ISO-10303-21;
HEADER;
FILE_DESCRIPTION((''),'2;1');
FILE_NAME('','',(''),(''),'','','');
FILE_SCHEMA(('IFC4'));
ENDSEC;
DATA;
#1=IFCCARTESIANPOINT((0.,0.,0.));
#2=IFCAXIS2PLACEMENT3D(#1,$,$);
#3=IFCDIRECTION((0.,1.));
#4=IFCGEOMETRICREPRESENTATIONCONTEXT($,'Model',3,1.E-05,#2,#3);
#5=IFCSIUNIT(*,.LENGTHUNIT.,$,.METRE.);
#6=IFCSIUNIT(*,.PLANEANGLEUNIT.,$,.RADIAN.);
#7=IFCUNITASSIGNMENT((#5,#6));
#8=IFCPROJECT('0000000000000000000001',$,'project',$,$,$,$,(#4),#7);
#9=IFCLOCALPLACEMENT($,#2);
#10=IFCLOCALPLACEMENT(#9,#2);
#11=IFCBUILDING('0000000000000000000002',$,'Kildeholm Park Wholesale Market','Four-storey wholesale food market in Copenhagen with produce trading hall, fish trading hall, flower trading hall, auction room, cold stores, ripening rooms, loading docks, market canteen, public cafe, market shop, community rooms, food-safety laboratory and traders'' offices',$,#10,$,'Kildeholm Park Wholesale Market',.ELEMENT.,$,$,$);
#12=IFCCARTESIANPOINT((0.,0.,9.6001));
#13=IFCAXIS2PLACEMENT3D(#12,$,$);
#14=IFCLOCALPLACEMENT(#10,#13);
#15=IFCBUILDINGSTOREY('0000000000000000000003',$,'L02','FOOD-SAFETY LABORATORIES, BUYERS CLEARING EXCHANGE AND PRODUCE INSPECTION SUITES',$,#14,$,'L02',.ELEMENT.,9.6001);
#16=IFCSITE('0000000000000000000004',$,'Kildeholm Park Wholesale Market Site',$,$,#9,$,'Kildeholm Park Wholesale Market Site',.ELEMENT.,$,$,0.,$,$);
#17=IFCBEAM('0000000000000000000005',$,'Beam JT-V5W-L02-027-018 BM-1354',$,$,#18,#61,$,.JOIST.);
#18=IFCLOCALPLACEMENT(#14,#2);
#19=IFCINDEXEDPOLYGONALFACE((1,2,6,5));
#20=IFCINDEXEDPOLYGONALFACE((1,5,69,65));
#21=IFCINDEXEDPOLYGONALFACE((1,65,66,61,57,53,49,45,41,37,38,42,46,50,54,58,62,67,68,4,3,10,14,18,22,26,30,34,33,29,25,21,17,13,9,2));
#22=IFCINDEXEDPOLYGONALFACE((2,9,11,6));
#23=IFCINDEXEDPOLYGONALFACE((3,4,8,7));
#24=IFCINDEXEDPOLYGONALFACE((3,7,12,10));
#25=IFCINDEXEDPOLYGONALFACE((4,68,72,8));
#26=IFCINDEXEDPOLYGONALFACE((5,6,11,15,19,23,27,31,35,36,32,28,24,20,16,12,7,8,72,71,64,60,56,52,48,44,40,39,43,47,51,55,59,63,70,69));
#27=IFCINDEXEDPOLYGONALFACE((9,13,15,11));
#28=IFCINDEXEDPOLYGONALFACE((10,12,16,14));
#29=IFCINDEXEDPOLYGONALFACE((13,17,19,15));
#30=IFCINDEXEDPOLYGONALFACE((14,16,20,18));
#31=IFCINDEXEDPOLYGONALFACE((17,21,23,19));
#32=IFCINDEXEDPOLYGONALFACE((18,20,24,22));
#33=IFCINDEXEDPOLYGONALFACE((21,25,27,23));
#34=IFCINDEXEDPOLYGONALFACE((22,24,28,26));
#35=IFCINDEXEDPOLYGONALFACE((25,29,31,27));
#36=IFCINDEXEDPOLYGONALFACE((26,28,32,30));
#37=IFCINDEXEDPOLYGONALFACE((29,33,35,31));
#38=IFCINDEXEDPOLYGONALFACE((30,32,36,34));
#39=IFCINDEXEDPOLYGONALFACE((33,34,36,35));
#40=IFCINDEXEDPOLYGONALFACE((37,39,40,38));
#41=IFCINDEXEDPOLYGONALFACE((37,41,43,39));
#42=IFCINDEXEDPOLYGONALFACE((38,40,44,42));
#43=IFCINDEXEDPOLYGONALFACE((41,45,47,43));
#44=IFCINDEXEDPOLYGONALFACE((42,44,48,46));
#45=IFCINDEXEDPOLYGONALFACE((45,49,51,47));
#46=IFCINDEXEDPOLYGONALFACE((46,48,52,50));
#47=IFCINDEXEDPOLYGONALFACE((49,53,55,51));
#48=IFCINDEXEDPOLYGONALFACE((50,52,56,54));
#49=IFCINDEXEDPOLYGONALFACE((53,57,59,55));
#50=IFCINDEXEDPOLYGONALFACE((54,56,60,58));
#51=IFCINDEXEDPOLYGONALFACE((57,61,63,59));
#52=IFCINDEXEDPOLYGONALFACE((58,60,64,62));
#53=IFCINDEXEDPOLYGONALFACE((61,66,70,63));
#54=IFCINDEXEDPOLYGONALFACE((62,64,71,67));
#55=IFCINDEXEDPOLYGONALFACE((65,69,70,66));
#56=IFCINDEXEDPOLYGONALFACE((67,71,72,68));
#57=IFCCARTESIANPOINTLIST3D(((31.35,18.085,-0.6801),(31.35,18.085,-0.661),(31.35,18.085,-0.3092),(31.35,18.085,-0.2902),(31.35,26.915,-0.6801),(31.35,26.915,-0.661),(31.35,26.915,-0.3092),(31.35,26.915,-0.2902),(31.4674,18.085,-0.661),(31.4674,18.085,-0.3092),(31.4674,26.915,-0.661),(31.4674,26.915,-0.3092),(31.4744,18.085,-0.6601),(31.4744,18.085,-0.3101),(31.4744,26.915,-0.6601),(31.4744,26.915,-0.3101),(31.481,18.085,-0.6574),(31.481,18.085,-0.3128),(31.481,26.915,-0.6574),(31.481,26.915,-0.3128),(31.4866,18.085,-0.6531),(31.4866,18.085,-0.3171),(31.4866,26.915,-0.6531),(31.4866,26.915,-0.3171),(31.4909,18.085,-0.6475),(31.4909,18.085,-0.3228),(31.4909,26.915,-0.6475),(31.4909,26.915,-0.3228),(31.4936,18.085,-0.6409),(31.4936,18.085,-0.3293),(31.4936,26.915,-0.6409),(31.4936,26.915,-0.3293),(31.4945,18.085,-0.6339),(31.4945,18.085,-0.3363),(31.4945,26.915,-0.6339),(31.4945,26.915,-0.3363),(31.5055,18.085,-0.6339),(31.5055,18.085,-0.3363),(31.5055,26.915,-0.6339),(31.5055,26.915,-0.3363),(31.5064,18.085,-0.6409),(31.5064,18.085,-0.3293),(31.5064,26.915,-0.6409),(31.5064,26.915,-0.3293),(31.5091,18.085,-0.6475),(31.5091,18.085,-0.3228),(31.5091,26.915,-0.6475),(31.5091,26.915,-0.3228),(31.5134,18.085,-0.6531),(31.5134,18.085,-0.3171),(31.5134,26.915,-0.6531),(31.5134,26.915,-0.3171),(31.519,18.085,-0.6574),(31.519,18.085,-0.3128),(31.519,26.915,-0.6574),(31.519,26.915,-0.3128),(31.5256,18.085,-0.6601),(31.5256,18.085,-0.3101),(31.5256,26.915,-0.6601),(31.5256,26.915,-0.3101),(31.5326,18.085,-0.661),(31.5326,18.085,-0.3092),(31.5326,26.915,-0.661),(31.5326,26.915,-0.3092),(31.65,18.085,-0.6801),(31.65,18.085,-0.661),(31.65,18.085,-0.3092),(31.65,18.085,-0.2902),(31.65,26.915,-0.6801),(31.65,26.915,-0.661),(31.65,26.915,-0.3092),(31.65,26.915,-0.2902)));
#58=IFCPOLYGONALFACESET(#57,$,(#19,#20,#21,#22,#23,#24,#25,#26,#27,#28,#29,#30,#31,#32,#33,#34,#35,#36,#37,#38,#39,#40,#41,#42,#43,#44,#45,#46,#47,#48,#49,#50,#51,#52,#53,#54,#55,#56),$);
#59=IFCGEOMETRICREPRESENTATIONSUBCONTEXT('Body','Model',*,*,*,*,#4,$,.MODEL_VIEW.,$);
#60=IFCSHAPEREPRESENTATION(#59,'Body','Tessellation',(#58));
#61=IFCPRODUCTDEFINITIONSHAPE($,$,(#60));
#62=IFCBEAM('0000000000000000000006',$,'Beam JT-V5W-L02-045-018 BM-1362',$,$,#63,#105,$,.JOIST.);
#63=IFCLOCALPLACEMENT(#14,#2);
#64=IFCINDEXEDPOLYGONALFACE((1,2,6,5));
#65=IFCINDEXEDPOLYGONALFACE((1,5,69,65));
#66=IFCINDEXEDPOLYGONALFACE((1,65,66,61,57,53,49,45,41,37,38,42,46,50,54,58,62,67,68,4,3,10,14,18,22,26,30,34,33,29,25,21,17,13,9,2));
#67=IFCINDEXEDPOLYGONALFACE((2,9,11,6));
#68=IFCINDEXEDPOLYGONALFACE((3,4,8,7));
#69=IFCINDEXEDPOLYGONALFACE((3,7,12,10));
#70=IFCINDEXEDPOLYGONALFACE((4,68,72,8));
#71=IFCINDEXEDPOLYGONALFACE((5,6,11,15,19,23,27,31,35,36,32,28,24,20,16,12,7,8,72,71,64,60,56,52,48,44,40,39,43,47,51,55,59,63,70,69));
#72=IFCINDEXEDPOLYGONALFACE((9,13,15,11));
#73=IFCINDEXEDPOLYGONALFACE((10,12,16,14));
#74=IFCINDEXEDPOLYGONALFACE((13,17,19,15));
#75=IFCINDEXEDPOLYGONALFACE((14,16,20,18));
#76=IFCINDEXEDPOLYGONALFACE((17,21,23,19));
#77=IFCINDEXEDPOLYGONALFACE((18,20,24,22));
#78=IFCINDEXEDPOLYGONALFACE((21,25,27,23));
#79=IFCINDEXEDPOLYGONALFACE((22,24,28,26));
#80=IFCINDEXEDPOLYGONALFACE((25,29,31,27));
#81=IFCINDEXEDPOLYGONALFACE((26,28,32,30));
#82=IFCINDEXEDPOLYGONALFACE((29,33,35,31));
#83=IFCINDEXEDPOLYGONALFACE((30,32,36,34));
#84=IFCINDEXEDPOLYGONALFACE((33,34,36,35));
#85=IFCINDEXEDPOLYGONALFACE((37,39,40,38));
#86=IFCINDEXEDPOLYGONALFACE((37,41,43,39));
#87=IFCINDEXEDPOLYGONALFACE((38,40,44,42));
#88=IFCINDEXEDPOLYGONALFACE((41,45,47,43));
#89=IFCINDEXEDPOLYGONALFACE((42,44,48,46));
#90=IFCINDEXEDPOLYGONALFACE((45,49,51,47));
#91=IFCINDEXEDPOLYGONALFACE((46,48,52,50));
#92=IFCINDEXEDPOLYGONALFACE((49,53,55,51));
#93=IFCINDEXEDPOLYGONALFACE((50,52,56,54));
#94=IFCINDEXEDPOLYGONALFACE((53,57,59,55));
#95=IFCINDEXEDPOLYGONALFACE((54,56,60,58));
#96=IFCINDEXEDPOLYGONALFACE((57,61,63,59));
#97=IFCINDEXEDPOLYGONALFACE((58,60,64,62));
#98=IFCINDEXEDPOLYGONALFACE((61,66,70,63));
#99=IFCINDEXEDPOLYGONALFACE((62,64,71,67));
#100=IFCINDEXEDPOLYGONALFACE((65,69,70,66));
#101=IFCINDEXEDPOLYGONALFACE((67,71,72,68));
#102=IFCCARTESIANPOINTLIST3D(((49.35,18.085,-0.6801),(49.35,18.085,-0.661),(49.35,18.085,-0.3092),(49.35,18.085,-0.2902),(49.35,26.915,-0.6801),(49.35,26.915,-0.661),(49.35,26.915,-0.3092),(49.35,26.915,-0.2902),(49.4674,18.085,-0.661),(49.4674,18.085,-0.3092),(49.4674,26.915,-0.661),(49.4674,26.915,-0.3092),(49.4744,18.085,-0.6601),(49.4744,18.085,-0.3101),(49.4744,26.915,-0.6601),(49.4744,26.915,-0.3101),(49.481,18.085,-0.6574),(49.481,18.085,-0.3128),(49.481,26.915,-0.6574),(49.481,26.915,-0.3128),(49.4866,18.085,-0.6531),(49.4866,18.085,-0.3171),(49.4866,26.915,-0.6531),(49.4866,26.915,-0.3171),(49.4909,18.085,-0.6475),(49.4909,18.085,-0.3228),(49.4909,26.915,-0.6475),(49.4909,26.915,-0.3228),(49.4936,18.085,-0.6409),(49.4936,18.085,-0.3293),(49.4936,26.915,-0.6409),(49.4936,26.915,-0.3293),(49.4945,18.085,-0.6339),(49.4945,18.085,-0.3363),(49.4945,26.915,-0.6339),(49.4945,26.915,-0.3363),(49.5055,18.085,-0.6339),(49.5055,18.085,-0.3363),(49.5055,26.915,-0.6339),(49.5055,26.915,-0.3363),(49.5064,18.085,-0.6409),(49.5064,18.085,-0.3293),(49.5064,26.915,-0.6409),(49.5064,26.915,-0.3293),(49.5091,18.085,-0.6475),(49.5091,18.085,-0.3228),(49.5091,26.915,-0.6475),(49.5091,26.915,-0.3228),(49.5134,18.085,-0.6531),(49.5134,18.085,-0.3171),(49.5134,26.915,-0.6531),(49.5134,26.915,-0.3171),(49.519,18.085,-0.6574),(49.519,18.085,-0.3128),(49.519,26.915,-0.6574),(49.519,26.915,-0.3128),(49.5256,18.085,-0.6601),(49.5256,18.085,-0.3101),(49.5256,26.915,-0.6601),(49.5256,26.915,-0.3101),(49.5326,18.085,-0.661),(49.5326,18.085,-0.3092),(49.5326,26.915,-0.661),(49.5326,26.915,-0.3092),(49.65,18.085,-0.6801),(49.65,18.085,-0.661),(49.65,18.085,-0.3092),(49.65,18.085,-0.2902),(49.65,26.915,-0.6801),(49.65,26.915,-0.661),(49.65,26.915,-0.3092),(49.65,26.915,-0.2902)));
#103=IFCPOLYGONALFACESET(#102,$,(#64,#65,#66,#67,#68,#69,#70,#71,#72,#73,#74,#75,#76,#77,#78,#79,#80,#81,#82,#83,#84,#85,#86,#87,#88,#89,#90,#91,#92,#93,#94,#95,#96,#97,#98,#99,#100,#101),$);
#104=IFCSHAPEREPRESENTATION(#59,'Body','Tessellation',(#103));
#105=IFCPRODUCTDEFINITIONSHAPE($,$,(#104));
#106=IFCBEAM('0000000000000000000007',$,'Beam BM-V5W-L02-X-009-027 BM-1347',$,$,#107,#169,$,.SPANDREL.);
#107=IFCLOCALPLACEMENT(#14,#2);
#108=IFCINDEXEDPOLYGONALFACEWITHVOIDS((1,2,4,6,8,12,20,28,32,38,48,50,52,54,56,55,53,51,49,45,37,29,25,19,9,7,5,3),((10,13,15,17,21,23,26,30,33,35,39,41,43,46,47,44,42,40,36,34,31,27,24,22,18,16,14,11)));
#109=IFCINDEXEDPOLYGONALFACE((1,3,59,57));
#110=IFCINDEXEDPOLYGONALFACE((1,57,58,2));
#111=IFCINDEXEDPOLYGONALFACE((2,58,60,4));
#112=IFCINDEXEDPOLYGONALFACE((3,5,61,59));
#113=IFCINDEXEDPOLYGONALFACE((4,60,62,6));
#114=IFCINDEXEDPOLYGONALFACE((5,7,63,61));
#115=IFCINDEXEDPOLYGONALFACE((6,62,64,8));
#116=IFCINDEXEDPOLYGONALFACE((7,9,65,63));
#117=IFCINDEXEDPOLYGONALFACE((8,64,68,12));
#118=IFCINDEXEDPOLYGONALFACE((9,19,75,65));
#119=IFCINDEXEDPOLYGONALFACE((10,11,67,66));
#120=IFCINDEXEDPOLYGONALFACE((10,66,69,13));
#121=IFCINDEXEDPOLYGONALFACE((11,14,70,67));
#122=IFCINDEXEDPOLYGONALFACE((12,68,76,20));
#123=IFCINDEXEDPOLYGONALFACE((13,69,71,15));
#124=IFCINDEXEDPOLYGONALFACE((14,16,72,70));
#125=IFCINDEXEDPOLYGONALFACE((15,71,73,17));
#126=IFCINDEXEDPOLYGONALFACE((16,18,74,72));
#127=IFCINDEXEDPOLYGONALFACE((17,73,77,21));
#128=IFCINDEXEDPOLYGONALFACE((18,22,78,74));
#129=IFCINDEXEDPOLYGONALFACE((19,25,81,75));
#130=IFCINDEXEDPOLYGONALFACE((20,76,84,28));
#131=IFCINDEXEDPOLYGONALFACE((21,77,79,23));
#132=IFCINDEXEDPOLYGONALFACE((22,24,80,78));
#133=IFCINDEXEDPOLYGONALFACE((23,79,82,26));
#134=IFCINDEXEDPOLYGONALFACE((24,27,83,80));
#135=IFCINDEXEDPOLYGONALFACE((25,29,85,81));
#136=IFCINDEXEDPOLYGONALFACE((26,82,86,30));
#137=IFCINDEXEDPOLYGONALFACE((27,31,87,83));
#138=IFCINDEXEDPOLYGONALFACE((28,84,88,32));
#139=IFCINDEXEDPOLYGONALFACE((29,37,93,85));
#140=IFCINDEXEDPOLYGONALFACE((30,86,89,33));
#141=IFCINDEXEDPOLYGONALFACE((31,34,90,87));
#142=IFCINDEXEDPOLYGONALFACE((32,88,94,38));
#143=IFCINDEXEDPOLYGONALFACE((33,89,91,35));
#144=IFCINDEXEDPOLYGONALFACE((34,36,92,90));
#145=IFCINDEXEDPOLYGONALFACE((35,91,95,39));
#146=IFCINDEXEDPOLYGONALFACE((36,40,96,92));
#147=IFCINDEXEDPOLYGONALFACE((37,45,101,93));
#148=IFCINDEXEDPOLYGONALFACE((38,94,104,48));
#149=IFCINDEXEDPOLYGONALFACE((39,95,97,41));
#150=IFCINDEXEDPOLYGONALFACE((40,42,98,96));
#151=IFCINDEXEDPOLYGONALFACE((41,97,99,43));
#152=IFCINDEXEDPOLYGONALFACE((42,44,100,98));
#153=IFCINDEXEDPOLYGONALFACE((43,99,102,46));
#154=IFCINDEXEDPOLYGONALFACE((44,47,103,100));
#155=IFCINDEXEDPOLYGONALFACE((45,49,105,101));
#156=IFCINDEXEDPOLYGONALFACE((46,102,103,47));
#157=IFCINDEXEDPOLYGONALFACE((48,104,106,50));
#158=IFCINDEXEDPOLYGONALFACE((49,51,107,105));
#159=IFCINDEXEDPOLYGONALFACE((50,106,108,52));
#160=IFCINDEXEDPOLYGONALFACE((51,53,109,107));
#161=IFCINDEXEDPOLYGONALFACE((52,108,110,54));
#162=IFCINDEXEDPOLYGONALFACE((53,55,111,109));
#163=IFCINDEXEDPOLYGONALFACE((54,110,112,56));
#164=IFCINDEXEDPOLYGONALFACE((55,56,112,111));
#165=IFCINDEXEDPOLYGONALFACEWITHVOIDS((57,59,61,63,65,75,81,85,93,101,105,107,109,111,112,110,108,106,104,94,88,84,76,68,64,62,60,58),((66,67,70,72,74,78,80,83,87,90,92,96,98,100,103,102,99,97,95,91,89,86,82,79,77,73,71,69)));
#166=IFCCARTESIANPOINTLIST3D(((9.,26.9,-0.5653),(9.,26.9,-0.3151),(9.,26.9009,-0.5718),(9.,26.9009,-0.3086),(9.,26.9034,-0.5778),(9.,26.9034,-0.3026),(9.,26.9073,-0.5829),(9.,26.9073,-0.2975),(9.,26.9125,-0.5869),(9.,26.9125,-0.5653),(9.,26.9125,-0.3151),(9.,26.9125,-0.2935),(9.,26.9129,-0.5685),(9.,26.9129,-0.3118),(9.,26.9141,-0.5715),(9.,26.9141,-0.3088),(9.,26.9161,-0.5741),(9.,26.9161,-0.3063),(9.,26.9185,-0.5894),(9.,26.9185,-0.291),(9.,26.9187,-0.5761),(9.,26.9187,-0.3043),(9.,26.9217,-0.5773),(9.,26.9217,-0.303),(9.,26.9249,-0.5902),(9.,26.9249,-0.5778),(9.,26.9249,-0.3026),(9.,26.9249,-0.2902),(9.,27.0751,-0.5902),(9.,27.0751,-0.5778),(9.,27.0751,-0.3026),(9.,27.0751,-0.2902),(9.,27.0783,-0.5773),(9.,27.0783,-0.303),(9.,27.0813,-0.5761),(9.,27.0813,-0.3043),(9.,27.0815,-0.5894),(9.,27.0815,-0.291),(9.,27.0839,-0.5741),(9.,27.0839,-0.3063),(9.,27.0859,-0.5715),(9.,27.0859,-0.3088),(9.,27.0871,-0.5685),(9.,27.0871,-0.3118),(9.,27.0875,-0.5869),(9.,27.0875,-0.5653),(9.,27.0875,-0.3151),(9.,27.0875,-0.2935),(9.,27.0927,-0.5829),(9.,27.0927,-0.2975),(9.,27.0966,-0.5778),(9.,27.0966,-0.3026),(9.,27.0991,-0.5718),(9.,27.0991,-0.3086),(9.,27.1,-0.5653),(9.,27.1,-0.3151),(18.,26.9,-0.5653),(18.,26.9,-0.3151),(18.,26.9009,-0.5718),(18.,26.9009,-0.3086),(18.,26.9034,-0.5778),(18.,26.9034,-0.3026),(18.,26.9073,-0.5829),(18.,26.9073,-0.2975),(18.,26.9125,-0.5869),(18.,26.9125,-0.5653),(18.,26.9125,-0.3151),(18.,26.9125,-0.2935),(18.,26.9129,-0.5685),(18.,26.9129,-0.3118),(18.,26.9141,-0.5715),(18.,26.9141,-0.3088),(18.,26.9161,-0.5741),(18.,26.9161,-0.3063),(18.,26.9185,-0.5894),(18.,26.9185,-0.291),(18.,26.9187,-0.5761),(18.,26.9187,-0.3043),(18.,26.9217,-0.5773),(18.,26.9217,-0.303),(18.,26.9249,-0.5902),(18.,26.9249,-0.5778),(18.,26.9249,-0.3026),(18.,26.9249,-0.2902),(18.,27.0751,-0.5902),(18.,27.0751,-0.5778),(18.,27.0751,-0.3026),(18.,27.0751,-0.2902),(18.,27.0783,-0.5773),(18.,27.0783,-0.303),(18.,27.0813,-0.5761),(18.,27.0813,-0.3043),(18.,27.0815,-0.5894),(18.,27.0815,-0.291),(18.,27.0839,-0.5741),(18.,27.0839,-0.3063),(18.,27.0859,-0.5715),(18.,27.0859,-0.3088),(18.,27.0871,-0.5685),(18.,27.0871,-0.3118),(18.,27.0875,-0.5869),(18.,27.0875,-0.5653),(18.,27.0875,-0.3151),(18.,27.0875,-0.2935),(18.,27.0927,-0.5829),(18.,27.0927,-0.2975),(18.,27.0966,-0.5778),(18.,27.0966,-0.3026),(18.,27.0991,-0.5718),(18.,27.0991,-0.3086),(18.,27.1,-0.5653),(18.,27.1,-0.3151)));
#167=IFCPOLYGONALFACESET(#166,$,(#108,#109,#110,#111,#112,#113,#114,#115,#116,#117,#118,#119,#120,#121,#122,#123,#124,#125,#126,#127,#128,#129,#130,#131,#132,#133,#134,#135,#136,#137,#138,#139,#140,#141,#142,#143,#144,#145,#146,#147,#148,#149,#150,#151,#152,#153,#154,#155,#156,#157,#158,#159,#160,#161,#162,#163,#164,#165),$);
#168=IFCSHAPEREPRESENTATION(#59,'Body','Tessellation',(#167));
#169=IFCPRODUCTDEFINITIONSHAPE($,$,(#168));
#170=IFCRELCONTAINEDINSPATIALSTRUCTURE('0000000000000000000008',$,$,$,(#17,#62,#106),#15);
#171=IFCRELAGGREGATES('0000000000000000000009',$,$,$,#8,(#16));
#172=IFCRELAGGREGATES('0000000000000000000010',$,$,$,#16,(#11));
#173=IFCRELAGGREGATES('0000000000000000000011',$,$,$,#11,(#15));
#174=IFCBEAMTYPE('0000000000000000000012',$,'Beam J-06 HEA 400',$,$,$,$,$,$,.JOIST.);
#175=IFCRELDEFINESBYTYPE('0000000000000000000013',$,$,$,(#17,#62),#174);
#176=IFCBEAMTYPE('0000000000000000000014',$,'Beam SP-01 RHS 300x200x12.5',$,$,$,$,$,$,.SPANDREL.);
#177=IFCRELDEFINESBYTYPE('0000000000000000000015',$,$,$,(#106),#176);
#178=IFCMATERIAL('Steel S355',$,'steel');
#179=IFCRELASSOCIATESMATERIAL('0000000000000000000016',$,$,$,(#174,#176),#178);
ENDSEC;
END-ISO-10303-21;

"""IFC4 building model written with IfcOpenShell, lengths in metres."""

from ifc_helpers import new_model, si_unit, direction, frame, origin, origin_2d, place, context, subcontext, project, spatial, hollow_rectangle, i_section, extrude, material, material_profile, profile_set, type_object, element, save


model = new_model("IFC4")

# Units and contexts
model_context = context("Model", 3, precision=1e-05, world=origin(), true_north=direction((0.0, 1.0)))
body_context = subcontext(model_context, "Body", "Model", "MODEL_VIEW")
ifc_project = project(units=[si_unit("LENGTHUNIT", "METRE"), si_unit("PLANEANGLEUNIT", "RADIAN")], contexts=[model_context])

# Site, building, storey
site_placement = place(None, origin())
site = spatial("IfcSite", under=ifc_project, at=site_placement, Name="Kildeholm Park Wholesale Market Site", LongName="Kildeholm Park Wholesale Market Site", CompositionType="ELEMENT", RefElevation=0.0)
building_placement = place(site_placement, origin())
building = spatial("IfcBuilding", under=site, at=building_placement, Name="Kildeholm Park Wholesale Market", Description="Four-storey wholesale food market in Copenhagen with produce trading hall, fish trading hall, flower trading hall, auction room, cold stores, ripening rooms, loading docks, market canteen, public cafe, market shop, community rooms, food-safety laboratory and traders' offices", LongName="Kildeholm Park Wholesale Market", CompositionType="ELEMENT")
storey_placement = place(building_placement, frame((0.0, 0.0, 9.6001)))
storey = spatial("IfcBuildingStorey", under=building, at=storey_placement, Name="L02", Description="FOOD-SAFETY LABORATORIES, BUYERS CLEARING EXCHANGE AND PRODUCE INSPECTION SUITES", LongName="L02", CompositionType="ELEMENT", Elevation=9.6001)

# Beams
ifc_material_1 = material(Name="Steel S355", Category="steel")
ifc_material_profile_1 = material_profile(ifc_material_1, i_section(OverallWidth=0.3, OverallDepth=0.3899, WebThickness=0.011, FlangeThickness=0.019, FilletRadius=0.0271, at=origin_2d()), Name="HEA 400")
ifc_profile_set_1 = profile_set([ifc_material_profile_1], Name="Steel S355")
beam_type_1 = type_object("IfcBeamType", Name="Beam J-06 HEA 400", PredefinedType="JOIST", material=ifc_profile_set_1)
for number, where, z_axis, x_axis, name in (
    (1, (31.5, 18.085, -0.4851), (0.0, 1.0, 0.0), (-1.0, 0.0, 0.0), "Beam JT-V5W-L02-027-018 BM-1354"),
    (2, (49.5, 18.085, -0.4851), (0.0, 1.0, 0.0), (-1.0, 0.0, 0.0), "Beam JT-V5W-L02-045-018 BM-1362"),
):
    element("IfcBeam", number, at=place(storey_placement, frame(where, z_axis=z_axis, x_axis=x_axis)), inside=storey, type_object=beam_type_1, Name=name, PredefinedType="JOIST", context=body_context, shape_type="SweptSolid", body=[
        extrude(i_section(OverallWidth=0.3, OverallDepth=0.3899, WebThickness=0.011, FlangeThickness=0.019, FilletRadius=0.0271, at=origin_2d()), origin(), (0.0, 0.0, 1.0), 8.8301),
    ])
ifc_material_profile_2 = material_profile(ifc_material_1, hollow_rectangle(XDim=0.2, YDim=0.3, WallThickness=0.0125, InnerFilletRadius=0.0125, OuterFilletRadius=0.0249, at=origin_2d()), Name="RHS 300x200x12.5")
ifc_profile_set_2 = profile_set([ifc_material_profile_2], Name="Steel S355")
beam_type_2 = type_object("IfcBeamType", Name="Beam SP-01 RHS 300x200x12.5", PredefinedType="SPANDREL", material=ifc_profile_set_2)
for number, where, z_axis, x_axis, name in (
    (3, (9.0, 27.0, -0.4402), (1.0, 0.0, 0.0), (0.0, 1.0, 0.0), "Beam BM-V5W-L02-X-009-027 BM-1347"),
):
    element("IfcBeam", number, at=place(storey_placement, frame(where, z_axis=z_axis, x_axis=x_axis)), inside=storey, type_object=beam_type_2, Name=name, PredefinedType="SPANDREL", context=body_context, shape_type="SweptSolid", body=[
        extrude(hollow_rectangle(XDim=0.2, YDim=0.3, WallThickness=0.0125, InnerFilletRadius=0.0125, OuterFilletRadius=0.0249, at=origin_2d()), origin(), (0.0, 0.0, 1.0), 9.0),
    ])

save(model, "model.ifc")
